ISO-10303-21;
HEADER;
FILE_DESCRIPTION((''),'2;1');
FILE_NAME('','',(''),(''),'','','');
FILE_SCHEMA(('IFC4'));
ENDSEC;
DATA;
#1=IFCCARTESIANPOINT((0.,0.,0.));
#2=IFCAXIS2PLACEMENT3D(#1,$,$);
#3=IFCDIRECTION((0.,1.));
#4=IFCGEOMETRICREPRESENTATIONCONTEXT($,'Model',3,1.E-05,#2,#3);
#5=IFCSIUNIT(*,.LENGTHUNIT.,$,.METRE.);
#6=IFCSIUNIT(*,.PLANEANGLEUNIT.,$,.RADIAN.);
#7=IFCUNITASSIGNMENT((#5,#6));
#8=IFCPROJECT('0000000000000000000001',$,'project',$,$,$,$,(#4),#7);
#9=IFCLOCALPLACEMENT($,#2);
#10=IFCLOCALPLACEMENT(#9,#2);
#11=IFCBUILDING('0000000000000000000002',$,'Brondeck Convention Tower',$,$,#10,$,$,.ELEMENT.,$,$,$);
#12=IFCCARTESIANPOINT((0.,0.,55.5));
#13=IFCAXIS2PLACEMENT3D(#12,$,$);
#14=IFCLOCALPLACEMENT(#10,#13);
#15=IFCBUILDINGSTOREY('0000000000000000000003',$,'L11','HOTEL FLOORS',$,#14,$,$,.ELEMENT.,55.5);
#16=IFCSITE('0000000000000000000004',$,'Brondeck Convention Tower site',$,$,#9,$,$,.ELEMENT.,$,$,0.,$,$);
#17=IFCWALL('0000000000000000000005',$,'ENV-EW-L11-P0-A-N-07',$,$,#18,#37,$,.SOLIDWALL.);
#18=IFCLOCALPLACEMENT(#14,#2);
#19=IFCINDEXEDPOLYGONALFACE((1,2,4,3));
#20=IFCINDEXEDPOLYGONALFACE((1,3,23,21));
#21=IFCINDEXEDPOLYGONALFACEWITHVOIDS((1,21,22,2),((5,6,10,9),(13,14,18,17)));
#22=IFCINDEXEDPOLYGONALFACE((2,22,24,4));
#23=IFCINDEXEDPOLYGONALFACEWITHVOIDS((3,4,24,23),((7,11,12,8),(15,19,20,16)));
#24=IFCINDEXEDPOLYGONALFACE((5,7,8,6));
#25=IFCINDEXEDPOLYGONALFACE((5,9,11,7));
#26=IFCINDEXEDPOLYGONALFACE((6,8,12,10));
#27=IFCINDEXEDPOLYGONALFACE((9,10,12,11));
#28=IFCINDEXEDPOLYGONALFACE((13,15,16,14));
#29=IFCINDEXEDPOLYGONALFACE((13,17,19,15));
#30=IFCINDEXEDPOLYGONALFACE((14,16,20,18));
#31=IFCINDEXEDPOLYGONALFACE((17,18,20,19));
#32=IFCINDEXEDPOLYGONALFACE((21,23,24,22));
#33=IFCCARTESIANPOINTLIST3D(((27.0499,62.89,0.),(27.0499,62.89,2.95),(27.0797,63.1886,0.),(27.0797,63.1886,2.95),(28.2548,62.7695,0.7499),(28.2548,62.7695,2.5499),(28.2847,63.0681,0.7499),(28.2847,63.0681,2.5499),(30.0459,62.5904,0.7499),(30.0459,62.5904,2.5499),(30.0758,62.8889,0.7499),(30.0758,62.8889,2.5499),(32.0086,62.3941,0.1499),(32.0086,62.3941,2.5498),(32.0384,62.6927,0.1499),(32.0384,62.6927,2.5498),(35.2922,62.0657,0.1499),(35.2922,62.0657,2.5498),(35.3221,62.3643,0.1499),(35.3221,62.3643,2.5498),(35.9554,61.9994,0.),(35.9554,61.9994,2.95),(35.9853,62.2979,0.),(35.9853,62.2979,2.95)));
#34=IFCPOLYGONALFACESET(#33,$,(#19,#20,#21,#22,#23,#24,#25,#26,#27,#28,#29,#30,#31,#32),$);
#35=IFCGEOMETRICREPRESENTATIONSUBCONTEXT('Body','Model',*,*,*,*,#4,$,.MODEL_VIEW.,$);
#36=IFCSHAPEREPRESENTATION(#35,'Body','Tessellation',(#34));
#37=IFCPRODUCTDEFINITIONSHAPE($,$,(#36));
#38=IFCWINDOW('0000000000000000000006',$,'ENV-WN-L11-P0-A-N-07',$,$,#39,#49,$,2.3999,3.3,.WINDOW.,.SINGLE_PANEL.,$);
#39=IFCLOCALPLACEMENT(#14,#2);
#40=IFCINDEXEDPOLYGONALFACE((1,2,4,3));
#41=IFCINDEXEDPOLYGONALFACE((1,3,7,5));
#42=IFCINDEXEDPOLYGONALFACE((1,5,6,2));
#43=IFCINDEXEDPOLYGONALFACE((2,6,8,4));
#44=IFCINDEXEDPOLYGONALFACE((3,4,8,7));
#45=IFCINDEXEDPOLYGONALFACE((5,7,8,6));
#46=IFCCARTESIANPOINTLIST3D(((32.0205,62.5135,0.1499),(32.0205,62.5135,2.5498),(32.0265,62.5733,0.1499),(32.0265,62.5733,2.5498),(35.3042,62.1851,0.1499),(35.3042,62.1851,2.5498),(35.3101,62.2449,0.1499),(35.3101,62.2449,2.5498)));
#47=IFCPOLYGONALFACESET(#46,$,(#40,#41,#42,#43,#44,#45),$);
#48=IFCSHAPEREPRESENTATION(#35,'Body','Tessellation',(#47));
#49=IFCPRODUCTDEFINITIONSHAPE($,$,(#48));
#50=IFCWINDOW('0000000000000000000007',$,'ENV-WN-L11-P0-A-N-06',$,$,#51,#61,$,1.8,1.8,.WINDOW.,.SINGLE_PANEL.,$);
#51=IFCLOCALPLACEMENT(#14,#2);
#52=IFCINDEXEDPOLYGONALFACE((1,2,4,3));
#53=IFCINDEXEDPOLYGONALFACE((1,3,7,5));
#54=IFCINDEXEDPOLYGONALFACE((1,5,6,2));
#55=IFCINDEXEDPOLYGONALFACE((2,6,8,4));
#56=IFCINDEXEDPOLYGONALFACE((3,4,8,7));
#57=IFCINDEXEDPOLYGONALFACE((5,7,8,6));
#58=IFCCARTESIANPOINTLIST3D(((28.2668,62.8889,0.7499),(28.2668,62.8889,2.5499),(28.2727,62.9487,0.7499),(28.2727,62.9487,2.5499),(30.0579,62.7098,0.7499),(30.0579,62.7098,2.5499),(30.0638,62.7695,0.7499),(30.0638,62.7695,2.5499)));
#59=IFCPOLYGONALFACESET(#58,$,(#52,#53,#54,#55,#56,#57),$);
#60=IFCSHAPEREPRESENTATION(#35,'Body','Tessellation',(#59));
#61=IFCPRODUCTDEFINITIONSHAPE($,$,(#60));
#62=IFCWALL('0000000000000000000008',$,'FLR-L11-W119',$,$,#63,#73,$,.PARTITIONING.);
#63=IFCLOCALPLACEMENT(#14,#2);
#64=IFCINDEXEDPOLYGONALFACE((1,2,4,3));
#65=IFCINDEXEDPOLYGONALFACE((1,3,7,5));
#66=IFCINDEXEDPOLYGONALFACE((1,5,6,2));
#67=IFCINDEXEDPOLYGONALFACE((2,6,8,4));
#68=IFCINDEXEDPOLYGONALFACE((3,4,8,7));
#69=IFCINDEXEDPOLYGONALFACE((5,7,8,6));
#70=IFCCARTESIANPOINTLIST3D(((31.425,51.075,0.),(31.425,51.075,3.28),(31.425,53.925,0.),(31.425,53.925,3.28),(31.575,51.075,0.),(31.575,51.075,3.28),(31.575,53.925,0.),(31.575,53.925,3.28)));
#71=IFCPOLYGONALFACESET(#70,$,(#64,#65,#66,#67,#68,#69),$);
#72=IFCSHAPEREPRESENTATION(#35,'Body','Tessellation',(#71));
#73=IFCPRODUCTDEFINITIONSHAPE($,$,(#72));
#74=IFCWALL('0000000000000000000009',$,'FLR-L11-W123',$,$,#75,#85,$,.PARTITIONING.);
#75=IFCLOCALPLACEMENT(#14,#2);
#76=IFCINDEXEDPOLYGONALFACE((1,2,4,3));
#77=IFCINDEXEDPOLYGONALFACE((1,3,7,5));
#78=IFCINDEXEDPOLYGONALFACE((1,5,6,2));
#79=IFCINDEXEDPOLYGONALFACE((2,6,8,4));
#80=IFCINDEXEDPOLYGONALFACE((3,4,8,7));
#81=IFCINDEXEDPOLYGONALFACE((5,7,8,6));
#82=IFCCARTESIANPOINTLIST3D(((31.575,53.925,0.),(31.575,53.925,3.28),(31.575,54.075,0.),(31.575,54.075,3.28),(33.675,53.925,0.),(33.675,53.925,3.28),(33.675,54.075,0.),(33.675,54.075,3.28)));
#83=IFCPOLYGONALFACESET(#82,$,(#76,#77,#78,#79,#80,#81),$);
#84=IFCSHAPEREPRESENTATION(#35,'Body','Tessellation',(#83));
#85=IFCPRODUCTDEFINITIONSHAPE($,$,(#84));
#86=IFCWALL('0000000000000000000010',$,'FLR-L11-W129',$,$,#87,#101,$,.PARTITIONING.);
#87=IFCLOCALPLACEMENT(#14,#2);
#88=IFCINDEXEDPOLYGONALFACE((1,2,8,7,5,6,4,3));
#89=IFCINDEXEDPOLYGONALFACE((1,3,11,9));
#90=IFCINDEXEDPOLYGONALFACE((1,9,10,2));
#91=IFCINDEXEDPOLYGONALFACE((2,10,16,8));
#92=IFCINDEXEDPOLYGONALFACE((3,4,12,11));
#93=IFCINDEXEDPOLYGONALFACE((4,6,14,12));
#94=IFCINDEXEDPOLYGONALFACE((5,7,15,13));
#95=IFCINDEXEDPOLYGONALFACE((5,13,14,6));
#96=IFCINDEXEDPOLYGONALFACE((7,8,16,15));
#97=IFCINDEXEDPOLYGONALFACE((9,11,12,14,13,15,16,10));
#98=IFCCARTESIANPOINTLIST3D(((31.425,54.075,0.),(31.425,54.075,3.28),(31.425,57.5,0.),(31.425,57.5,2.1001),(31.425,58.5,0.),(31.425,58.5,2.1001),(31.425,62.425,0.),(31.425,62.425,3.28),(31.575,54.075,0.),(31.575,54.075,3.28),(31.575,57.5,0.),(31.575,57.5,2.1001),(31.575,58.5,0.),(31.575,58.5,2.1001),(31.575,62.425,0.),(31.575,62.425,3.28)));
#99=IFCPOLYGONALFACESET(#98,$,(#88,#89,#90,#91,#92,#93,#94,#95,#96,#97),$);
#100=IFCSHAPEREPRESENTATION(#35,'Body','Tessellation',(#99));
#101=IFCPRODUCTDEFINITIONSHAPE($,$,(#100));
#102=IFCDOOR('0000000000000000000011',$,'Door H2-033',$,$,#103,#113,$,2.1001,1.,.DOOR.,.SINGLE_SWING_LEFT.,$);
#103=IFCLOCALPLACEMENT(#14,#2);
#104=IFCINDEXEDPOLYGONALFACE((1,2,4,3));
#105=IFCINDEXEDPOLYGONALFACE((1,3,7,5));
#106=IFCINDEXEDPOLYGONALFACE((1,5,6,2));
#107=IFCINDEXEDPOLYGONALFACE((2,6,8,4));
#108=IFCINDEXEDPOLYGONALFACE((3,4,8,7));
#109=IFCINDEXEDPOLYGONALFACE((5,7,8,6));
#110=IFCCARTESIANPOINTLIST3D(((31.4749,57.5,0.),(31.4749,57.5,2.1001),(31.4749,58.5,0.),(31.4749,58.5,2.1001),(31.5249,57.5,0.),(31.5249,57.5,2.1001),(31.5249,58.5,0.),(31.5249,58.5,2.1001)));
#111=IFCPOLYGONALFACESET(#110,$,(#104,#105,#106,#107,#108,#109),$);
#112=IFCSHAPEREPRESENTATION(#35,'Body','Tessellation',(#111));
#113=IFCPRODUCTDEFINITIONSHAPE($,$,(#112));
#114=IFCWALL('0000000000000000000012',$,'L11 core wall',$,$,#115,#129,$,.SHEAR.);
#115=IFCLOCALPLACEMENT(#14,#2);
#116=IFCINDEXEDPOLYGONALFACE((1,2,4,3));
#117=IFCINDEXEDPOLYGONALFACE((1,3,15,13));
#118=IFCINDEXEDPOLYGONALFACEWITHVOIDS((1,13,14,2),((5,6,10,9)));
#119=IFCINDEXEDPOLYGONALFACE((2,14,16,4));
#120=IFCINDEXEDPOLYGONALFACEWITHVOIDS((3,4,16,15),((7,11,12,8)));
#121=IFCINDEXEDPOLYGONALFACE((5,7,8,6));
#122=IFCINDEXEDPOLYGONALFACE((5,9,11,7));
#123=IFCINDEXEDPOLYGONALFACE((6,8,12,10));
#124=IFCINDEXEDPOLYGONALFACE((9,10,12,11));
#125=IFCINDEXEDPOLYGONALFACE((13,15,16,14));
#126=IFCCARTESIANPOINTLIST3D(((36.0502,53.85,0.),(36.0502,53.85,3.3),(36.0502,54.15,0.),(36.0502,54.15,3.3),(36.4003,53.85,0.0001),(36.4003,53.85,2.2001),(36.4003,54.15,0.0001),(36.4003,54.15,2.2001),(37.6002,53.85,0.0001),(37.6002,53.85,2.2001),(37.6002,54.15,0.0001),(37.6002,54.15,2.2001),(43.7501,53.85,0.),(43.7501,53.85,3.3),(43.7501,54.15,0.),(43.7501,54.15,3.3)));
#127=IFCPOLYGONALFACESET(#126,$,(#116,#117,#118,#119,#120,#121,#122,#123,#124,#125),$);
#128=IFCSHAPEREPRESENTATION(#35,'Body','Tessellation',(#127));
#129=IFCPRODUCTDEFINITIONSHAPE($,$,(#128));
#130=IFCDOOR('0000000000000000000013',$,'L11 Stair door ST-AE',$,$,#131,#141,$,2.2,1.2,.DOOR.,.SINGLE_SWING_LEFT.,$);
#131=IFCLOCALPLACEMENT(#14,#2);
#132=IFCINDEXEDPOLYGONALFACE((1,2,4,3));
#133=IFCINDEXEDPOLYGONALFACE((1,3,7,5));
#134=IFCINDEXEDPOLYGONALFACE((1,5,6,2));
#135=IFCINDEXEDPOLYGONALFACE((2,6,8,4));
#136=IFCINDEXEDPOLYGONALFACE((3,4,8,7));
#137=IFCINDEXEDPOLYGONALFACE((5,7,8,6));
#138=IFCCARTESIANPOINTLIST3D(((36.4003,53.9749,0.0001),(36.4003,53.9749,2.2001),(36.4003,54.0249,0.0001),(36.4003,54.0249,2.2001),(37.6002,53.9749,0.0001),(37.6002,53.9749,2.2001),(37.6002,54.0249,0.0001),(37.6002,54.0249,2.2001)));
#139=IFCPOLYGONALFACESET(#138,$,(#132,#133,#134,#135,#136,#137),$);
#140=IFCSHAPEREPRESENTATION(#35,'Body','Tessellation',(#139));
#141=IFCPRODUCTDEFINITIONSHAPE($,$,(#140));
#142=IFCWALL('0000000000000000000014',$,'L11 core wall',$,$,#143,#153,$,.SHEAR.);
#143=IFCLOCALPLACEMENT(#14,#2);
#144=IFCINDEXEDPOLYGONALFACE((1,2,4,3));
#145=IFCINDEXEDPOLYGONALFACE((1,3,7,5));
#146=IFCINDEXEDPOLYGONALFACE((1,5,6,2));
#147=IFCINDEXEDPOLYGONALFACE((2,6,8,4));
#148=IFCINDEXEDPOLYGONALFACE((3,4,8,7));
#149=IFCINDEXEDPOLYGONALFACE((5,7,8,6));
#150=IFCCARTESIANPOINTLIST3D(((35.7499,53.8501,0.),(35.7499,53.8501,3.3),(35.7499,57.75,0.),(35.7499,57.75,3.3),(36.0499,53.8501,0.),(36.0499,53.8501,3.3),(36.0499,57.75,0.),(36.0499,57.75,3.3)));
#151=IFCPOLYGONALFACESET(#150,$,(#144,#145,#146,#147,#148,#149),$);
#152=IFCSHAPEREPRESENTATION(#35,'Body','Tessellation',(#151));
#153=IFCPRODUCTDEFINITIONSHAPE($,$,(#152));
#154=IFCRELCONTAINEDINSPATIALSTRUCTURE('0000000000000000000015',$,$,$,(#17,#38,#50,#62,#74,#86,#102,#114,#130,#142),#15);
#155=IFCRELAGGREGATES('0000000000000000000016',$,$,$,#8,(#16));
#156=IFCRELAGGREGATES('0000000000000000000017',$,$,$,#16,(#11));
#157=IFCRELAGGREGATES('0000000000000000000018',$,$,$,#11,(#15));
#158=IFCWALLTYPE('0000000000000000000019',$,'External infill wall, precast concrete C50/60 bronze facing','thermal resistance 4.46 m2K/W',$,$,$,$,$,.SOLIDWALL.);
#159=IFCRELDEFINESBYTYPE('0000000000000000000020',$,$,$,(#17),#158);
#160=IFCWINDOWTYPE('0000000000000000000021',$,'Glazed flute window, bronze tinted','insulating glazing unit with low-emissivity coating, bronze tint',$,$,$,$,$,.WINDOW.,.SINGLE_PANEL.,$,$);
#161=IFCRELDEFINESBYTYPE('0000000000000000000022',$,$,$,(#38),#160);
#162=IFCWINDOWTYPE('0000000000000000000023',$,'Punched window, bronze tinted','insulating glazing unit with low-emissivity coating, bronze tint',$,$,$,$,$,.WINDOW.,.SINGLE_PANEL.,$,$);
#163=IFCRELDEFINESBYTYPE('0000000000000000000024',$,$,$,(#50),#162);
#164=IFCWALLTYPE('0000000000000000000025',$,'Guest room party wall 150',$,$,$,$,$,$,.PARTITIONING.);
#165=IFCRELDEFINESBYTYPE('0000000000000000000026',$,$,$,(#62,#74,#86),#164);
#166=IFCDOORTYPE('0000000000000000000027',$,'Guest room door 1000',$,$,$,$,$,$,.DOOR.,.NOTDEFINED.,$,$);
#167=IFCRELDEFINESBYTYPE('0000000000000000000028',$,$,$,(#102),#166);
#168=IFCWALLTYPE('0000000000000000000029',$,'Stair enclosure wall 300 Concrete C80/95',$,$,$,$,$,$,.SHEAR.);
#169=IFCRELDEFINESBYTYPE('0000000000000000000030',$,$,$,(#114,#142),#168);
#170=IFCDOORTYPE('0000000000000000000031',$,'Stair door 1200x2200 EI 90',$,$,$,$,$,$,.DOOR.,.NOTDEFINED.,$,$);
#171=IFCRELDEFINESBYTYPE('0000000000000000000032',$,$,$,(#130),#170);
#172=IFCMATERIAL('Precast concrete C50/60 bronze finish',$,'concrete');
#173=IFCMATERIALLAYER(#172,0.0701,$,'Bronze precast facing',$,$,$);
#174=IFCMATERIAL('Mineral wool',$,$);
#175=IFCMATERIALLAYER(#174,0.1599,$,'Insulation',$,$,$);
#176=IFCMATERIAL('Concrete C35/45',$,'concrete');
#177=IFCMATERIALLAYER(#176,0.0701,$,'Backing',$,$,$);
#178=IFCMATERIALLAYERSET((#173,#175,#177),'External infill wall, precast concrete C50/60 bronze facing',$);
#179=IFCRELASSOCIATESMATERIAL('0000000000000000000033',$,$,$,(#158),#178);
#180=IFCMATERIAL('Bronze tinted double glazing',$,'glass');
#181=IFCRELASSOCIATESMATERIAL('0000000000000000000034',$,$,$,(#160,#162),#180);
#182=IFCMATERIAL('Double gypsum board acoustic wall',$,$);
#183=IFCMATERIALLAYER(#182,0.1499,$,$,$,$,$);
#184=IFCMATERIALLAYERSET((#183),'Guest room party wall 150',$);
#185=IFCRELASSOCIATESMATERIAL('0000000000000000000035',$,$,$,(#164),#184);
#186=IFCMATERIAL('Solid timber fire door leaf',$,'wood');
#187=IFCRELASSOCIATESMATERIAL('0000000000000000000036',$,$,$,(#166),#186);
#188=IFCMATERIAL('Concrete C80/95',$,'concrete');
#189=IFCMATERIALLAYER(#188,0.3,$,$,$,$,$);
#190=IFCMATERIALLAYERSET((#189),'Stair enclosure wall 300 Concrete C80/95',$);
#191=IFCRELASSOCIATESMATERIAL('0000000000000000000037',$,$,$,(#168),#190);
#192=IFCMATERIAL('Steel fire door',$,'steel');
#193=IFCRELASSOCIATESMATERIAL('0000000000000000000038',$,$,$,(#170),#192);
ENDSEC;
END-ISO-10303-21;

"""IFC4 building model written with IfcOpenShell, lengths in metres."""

from ifc_helpers import new_model, si_unit, direction, frame, frame_2d, origin, place, context, subcontext, project, spatial, rectangle, extrude, material, layer, layer_set, type_object, element, fill, save


model = new_model("IFC4")

# Units and contexts
model_context = context("Model", 3, precision=1e-05, world=origin(), true_north=direction((0.0, 1.0)))
body_context = subcontext(model_context, "Body", "Model", "MODEL_VIEW")
ifc_project = project(units=[si_unit("LENGTHUNIT", "METRE"), si_unit("PLANEANGLEUNIT", "RADIAN")], contexts=[model_context])

# Site, building, storey
site_placement = place(None, origin())
site = spatial("IfcSite", under=ifc_project, at=site_placement, Name="Brondeck Convention Tower site", CompositionType="ELEMENT", RefElevation=0.0)
building_placement = place(site_placement, origin())
building = spatial("IfcBuilding", under=site, at=building_placement, Name="Brondeck Convention Tower", CompositionType="ELEMENT")
storey_placement = place(building_placement, frame((0.0, 0.0, 55.5)))
storey = spatial("IfcBuildingStorey", under=building, at=storey_placement, Name="L11", Description="HOTEL FLOORS", CompositionType="ELEMENT", Elevation=55.5)

# Shared definitions
ifc_material_1 = material(Name="Concrete C80/95", Category="concrete")

# Wall, openings, windows
ifc_material_2 = material(Name="Precast concrete C50/60 bronze finish", Category="concrete")
ifc_layer_1 = layer(ifc_material_2, 0.0701, Name="Bronze precast facing")
ifc_material_3 = material(Name="Mineral wool")
ifc_layer_2 = layer(ifc_material_3, 0.1599, Name="Insulation")
ifc_material_4 = material(Name="Concrete C35/45", Category="concrete")
ifc_layer_3 = layer(ifc_material_4, 0.0701, Name="Backing")
ifc_layer_set_1 = layer_set([ifc_layer_1, ifc_layer_2, ifc_layer_3], Name="External infill wall, precast concrete C50/60 bronze facing")
wall_type_1 = type_object("IfcWallType", Name="External infill wall, precast concrete C50/60 bronze facing", Description="thermal resistance 4.46 m2K/W", PredefinedType="SOLIDWALL", material=ifc_layer_set_1)
ifc_material_5 = material(Name="Bronze tinted double glazing", Category="glass")
window_type_1 = type_object("IfcWindowType", Name="Glazed flute window, bronze tinted", Description="insulating glazing unit with low-emissivity coating, bronze tint", PartitioningType="SINGLE_PANEL", PredefinedType="WINDOW", material=ifc_material_5)
window_type_2 = type_object("IfcWindowType", Name="Punched window, bronze tinted", Description="insulating glazing unit with low-emissivity coating, bronze tint", PartitioningType="SINGLE_PANEL", PredefinedType="WINDOW", material=ifc_material_5)
wall_1_placement = place(storey_placement, frame((27.0647, 63.0393, 0.0), z_axis=(0.0, 0.0, 1.0), x_axis=(0.995036, -0.099512, 0.0)))
wall_1 = element("IfcWall", 1, at=wall_1_placement, inside=storey, type_object=wall_type_1, Name="ENV-EW-L11-P0-A-N-07", PredefinedType="SOLIDWALL", context=body_context, shape_type="SweptSolid", body=[
    extrude(rectangle(XDim=8.95, YDim=0.3, at=frame_2d((4.4751, 0.0))), origin(), (0.0, 0.0, 1.0), 2.95),
])
opening_1_placement = place(wall_1_placement, frame((1.2112, 0.0, 0.75)))
opening_1 = element("IfcOpeningElement", 2, at=opening_1_placement, cuts=wall_1, PredefinedType="OPENING", context=body_context, shape_type="SweptSolid", body=[
    extrude(rectangle(XDim=1.8, YDim=1.8, at=frame_2d((0.8999, 0.8999))), frame((0.0, 0.1599, 0.0), z_axis=(0.0, -1.0, 0.0), x_axis=(1.0, 0.0, 0.0)), (0.0, 0.0, 1.0), 0.3201),
])
opening_2_placement = place(wall_1_placement, frame((4.9836, 0.0, 0.1499)))
opening_2 = element("IfcOpeningElement", 3, at=opening_2_placement, cuts=wall_1, PredefinedType="OPENING", context=body_context, shape_type="SweptSolid", body=[
    extrude(rectangle(XDim=3.3, YDim=2.3999, at=frame_2d((1.6499, 1.2))), frame((0.0, 0.1599, 0.0), z_axis=(0.0, -1.0, 0.0), x_axis=(1.0, 0.0, 0.0)), (0.0, 0.0, 1.0), 0.3201),
])
window_1_placement = place(opening_2_placement, origin())
window_1 = element("IfcWindow", 4, at=window_1_placement, inside=storey, type_object=window_type_1, Name="ENV-WN-L11-P0-A-N-07", OverallHeight=2.3999, OverallWidth=3.3, PartitioningType="SINGLE_PANEL", PredefinedType="WINDOW", context=body_context, shape_type="SweptSolid", body=[
    extrude(rectangle(XDim=3.3, YDim=2.3999, at=frame_2d((1.6499, 1.2))), frame((0.0, 0.03, 0.0), z_axis=(0.0, -1.0, 0.0), x_axis=(1.0, 0.0, 0.0)), (0.0, 0.0, 1.0), 0.0601),
])
fill(opening_2, window_1)
window_2_placement = place(opening_1_placement, origin())
window_2 = element("IfcWindow", 5, at=window_2_placement, inside=storey, type_object=window_type_2, Name="ENV-WN-L11-P0-A-N-06", OverallHeight=1.8, OverallWidth=1.8, PartitioningType="SINGLE_PANEL", PredefinedType="WINDOW", context=body_context, shape_type="SweptSolid", body=[
    extrude(rectangle(XDim=1.8, YDim=1.8, at=frame_2d((0.8999, 0.8999))), frame((0.0, 0.03, 0.0), z_axis=(0.0, -1.0, 0.0), x_axis=(1.0, 0.0, 0.0)), (0.0, 0.0, 1.0), 0.0601),
])
fill(opening_1, window_2)

# Walls
ifc_material_6 = material(Name="Double gypsum board acoustic wall")
ifc_layer_4 = layer(ifc_material_6, 0.1499)
ifc_layer_set_2 = layer_set([ifc_layer_4], Name="Guest room party wall 150")
wall_type_2 = type_object("IfcWallType", Name="Guest room party wall 150", PredefinedType="PARTITIONING", material=ifc_layer_set_2)
wall_2_placement = place(storey_placement, frame((31.5, 53.925, 0.0), z_axis=(0.0, 0.0, 1.0), x_axis=(0.0, -1.0, 0.0)))
element("IfcWall", 6, at=wall_2_placement, inside=storey, type_object=wall_type_2, Name="FLR-L11-W119", PredefinedType="PARTITIONING", context=body_context, shape_type="SweptSolid", body=[
    extrude(rectangle(XDim=2.8501, YDim=0.1499, at=frame_2d((1.425, 0.0))), origin(), (0.0, 0.0, 1.0), 3.28),
])
wall_3_placement = place(storey_placement, frame((33.675, 54.0, 0.0), z_axis=(0.0, 0.0, 1.0), x_axis=(-1.0, 0.0, 0.0)))
element("IfcWall", 7, at=wall_3_placement, inside=storey, type_object=wall_type_2, Name="FLR-L11-W123", PredefinedType="PARTITIONING", context=body_context, shape_type="SweptSolid", body=[
    extrude(rectangle(XDim=2.1001, YDim=0.1499, at=frame_2d((1.05, 0.0))), origin(), (0.0, 0.0, 1.0), 3.28),
])

# Walls, openings, doors
wall_4_placement = place(storey_placement, frame((31.5, 62.425, 0.0), z_axis=(0.0, 0.0, 1.0), x_axis=(0.0, -1.0, 0.0)))
wall_4 = element("IfcWall", 8, at=wall_4_placement, inside=storey, type_object=wall_type_2, Name="FLR-L11-W129", PredefinedType="PARTITIONING", context=body_context, shape_type="SweptSolid", body=[
    extrude(rectangle(XDim=8.3501, YDim=0.1499, at=frame_2d((4.175, 0.0))), origin(), (0.0, 0.0, 1.0), 3.28),
])
opening_3_placement = place(wall_4_placement, frame((3.925, 0.0, 0.0)))
opening_3 = element("IfcOpeningElement", 9, at=opening_3_placement, cuts=wall_4, PredefinedType="OPENING", context=body_context, shape_type="SweptSolid", body=[
    extrude(rectangle(XDim=1.0, YDim=2.1001, at=frame_2d((0.5, 1.05))), frame((0.0, 0.085, 0.0), z_axis=(0.0, -1.0, 0.0), x_axis=(1.0, 0.0, 0.0)), (0.0, 0.0, 1.0), 0.1699),
])
ifc_material_7 = material(Name="Solid timber fire door leaf", Category="wood")
door_type_1 = type_object("IfcDoorType", Name="Guest room door 1000", OperationType="NOTDEFINED", PredefinedType="DOOR", material=ifc_material_7)
door_1_placement = place(opening_3_placement, origin())
door_1 = element("IfcDoor", 10, at=door_1_placement, inside=storey, type_object=door_type_1, Name="Door H2-033", OperationType="SINGLE_SWING_LEFT", OverallHeight=2.1001, OverallWidth=1.0, PredefinedType="DOOR", context=body_context, shape_type="SweptSolid", body=[
    extrude(rectangle(XDim=1.0, YDim=2.1001, at=frame_2d((0.5, 1.05))), frame((0.0, 0.0249, 0.0), z_axis=(0.0, -1.0, 0.0), x_axis=(1.0, 0.0, 0.0)), (0.0, 0.0, 1.0), 0.05),
])
fill(opening_3, door_1)
ifc_layer_5 = layer(ifc_material_1, 0.3)
ifc_layer_set_3 = layer_set([ifc_layer_5], Name="Stair enclosure wall 300 Concrete C80/95")
wall_type_3 = type_object("IfcWallType", Name="Stair enclosure wall 300 Concrete C80/95", PredefinedType="SHEAR", material=ifc_layer_set_3)
wall_5_placement = place(storey_placement, frame((36.05, 54.0, 0.0), z_axis=(0.0, 0.0, 1.0), x_axis=(1.0, 0.0, 0.0)))
wall_5 = element("IfcWall", 11, at=wall_5_placement, inside=storey, type_object=wall_type_3, Name="L11 core wall", PredefinedType="SHEAR", context=body_context, shape_type="SweptSolid", body=[
    extrude(rectangle(XDim=7.7, YDim=0.3, at=frame_2d((3.8501, 0.0))), origin(), (0.0, 0.0, 1.0), 3.3),
])
opening_4_placement = place(wall_5_placement, frame((0.3501, 0.0, 0.0)))
opening_4 = element("IfcOpeningElement", 12, at=opening_4_placement, cuts=wall_5, PredefinedType="OPENING", context=body_context, shape_type="SweptSolid", body=[
    extrude(rectangle(XDim=1.2, YDim=2.2, at=frame_2d((0.6001, 1.1001))), frame((0.0, 0.1599, 0.0), z_axis=(0.0, -1.0, 0.0), x_axis=(1.0, 0.0, 0.0)), (0.0, 0.0, 1.0), 0.3201),
])
ifc_material_8 = material(Name="Steel fire door", Category="steel")
door_type_2 = type_object("IfcDoorType", Name="Stair door 1200x2200 EI 90", OperationType="NOTDEFINED", PredefinedType="DOOR", material=ifc_material_8)
door_2_placement = place(opening_4_placement, origin())
door_2 = element("IfcDoor", 13, at=door_2_placement, inside=storey, type_object=door_type_2, Name="L11 Stair door ST-AE", OperationType="SINGLE_SWING_LEFT", OverallHeight=2.2, OverallWidth=1.2, PredefinedType="DOOR", context=body_context, shape_type="SweptSolid", body=[
    extrude(rectangle(XDim=1.2, YDim=2.2, at=frame_2d((0.6001, 1.1001))), frame((0.0, 0.0249, 0.0), z_axis=(0.0, -1.0, 0.0), x_axis=(1.0, 0.0, 0.0)), (0.0, 0.0, 1.0), 0.05),
])
fill(opening_4, door_2)

# Wall
wall_6_placement = place(storey_placement, frame((35.8999, 53.8501, 0.0), z_axis=(0.0, 0.0, 1.0), x_axis=(0.0, 1.0, 0.0)))
element("IfcWall", 14, at=wall_6_placement, inside=storey, type_object=wall_type_3, Name="L11 core wall", PredefinedType="SHEAR", context=body_context, shape_type="SweptSolid", body=[
    extrude(rectangle(XDim=3.8999, YDim=0.3, at=frame_2d((1.95, 0.0))), origin(), (0.0, 0.0, 1.0), 3.3),
])

save(model, "model.ifc")
